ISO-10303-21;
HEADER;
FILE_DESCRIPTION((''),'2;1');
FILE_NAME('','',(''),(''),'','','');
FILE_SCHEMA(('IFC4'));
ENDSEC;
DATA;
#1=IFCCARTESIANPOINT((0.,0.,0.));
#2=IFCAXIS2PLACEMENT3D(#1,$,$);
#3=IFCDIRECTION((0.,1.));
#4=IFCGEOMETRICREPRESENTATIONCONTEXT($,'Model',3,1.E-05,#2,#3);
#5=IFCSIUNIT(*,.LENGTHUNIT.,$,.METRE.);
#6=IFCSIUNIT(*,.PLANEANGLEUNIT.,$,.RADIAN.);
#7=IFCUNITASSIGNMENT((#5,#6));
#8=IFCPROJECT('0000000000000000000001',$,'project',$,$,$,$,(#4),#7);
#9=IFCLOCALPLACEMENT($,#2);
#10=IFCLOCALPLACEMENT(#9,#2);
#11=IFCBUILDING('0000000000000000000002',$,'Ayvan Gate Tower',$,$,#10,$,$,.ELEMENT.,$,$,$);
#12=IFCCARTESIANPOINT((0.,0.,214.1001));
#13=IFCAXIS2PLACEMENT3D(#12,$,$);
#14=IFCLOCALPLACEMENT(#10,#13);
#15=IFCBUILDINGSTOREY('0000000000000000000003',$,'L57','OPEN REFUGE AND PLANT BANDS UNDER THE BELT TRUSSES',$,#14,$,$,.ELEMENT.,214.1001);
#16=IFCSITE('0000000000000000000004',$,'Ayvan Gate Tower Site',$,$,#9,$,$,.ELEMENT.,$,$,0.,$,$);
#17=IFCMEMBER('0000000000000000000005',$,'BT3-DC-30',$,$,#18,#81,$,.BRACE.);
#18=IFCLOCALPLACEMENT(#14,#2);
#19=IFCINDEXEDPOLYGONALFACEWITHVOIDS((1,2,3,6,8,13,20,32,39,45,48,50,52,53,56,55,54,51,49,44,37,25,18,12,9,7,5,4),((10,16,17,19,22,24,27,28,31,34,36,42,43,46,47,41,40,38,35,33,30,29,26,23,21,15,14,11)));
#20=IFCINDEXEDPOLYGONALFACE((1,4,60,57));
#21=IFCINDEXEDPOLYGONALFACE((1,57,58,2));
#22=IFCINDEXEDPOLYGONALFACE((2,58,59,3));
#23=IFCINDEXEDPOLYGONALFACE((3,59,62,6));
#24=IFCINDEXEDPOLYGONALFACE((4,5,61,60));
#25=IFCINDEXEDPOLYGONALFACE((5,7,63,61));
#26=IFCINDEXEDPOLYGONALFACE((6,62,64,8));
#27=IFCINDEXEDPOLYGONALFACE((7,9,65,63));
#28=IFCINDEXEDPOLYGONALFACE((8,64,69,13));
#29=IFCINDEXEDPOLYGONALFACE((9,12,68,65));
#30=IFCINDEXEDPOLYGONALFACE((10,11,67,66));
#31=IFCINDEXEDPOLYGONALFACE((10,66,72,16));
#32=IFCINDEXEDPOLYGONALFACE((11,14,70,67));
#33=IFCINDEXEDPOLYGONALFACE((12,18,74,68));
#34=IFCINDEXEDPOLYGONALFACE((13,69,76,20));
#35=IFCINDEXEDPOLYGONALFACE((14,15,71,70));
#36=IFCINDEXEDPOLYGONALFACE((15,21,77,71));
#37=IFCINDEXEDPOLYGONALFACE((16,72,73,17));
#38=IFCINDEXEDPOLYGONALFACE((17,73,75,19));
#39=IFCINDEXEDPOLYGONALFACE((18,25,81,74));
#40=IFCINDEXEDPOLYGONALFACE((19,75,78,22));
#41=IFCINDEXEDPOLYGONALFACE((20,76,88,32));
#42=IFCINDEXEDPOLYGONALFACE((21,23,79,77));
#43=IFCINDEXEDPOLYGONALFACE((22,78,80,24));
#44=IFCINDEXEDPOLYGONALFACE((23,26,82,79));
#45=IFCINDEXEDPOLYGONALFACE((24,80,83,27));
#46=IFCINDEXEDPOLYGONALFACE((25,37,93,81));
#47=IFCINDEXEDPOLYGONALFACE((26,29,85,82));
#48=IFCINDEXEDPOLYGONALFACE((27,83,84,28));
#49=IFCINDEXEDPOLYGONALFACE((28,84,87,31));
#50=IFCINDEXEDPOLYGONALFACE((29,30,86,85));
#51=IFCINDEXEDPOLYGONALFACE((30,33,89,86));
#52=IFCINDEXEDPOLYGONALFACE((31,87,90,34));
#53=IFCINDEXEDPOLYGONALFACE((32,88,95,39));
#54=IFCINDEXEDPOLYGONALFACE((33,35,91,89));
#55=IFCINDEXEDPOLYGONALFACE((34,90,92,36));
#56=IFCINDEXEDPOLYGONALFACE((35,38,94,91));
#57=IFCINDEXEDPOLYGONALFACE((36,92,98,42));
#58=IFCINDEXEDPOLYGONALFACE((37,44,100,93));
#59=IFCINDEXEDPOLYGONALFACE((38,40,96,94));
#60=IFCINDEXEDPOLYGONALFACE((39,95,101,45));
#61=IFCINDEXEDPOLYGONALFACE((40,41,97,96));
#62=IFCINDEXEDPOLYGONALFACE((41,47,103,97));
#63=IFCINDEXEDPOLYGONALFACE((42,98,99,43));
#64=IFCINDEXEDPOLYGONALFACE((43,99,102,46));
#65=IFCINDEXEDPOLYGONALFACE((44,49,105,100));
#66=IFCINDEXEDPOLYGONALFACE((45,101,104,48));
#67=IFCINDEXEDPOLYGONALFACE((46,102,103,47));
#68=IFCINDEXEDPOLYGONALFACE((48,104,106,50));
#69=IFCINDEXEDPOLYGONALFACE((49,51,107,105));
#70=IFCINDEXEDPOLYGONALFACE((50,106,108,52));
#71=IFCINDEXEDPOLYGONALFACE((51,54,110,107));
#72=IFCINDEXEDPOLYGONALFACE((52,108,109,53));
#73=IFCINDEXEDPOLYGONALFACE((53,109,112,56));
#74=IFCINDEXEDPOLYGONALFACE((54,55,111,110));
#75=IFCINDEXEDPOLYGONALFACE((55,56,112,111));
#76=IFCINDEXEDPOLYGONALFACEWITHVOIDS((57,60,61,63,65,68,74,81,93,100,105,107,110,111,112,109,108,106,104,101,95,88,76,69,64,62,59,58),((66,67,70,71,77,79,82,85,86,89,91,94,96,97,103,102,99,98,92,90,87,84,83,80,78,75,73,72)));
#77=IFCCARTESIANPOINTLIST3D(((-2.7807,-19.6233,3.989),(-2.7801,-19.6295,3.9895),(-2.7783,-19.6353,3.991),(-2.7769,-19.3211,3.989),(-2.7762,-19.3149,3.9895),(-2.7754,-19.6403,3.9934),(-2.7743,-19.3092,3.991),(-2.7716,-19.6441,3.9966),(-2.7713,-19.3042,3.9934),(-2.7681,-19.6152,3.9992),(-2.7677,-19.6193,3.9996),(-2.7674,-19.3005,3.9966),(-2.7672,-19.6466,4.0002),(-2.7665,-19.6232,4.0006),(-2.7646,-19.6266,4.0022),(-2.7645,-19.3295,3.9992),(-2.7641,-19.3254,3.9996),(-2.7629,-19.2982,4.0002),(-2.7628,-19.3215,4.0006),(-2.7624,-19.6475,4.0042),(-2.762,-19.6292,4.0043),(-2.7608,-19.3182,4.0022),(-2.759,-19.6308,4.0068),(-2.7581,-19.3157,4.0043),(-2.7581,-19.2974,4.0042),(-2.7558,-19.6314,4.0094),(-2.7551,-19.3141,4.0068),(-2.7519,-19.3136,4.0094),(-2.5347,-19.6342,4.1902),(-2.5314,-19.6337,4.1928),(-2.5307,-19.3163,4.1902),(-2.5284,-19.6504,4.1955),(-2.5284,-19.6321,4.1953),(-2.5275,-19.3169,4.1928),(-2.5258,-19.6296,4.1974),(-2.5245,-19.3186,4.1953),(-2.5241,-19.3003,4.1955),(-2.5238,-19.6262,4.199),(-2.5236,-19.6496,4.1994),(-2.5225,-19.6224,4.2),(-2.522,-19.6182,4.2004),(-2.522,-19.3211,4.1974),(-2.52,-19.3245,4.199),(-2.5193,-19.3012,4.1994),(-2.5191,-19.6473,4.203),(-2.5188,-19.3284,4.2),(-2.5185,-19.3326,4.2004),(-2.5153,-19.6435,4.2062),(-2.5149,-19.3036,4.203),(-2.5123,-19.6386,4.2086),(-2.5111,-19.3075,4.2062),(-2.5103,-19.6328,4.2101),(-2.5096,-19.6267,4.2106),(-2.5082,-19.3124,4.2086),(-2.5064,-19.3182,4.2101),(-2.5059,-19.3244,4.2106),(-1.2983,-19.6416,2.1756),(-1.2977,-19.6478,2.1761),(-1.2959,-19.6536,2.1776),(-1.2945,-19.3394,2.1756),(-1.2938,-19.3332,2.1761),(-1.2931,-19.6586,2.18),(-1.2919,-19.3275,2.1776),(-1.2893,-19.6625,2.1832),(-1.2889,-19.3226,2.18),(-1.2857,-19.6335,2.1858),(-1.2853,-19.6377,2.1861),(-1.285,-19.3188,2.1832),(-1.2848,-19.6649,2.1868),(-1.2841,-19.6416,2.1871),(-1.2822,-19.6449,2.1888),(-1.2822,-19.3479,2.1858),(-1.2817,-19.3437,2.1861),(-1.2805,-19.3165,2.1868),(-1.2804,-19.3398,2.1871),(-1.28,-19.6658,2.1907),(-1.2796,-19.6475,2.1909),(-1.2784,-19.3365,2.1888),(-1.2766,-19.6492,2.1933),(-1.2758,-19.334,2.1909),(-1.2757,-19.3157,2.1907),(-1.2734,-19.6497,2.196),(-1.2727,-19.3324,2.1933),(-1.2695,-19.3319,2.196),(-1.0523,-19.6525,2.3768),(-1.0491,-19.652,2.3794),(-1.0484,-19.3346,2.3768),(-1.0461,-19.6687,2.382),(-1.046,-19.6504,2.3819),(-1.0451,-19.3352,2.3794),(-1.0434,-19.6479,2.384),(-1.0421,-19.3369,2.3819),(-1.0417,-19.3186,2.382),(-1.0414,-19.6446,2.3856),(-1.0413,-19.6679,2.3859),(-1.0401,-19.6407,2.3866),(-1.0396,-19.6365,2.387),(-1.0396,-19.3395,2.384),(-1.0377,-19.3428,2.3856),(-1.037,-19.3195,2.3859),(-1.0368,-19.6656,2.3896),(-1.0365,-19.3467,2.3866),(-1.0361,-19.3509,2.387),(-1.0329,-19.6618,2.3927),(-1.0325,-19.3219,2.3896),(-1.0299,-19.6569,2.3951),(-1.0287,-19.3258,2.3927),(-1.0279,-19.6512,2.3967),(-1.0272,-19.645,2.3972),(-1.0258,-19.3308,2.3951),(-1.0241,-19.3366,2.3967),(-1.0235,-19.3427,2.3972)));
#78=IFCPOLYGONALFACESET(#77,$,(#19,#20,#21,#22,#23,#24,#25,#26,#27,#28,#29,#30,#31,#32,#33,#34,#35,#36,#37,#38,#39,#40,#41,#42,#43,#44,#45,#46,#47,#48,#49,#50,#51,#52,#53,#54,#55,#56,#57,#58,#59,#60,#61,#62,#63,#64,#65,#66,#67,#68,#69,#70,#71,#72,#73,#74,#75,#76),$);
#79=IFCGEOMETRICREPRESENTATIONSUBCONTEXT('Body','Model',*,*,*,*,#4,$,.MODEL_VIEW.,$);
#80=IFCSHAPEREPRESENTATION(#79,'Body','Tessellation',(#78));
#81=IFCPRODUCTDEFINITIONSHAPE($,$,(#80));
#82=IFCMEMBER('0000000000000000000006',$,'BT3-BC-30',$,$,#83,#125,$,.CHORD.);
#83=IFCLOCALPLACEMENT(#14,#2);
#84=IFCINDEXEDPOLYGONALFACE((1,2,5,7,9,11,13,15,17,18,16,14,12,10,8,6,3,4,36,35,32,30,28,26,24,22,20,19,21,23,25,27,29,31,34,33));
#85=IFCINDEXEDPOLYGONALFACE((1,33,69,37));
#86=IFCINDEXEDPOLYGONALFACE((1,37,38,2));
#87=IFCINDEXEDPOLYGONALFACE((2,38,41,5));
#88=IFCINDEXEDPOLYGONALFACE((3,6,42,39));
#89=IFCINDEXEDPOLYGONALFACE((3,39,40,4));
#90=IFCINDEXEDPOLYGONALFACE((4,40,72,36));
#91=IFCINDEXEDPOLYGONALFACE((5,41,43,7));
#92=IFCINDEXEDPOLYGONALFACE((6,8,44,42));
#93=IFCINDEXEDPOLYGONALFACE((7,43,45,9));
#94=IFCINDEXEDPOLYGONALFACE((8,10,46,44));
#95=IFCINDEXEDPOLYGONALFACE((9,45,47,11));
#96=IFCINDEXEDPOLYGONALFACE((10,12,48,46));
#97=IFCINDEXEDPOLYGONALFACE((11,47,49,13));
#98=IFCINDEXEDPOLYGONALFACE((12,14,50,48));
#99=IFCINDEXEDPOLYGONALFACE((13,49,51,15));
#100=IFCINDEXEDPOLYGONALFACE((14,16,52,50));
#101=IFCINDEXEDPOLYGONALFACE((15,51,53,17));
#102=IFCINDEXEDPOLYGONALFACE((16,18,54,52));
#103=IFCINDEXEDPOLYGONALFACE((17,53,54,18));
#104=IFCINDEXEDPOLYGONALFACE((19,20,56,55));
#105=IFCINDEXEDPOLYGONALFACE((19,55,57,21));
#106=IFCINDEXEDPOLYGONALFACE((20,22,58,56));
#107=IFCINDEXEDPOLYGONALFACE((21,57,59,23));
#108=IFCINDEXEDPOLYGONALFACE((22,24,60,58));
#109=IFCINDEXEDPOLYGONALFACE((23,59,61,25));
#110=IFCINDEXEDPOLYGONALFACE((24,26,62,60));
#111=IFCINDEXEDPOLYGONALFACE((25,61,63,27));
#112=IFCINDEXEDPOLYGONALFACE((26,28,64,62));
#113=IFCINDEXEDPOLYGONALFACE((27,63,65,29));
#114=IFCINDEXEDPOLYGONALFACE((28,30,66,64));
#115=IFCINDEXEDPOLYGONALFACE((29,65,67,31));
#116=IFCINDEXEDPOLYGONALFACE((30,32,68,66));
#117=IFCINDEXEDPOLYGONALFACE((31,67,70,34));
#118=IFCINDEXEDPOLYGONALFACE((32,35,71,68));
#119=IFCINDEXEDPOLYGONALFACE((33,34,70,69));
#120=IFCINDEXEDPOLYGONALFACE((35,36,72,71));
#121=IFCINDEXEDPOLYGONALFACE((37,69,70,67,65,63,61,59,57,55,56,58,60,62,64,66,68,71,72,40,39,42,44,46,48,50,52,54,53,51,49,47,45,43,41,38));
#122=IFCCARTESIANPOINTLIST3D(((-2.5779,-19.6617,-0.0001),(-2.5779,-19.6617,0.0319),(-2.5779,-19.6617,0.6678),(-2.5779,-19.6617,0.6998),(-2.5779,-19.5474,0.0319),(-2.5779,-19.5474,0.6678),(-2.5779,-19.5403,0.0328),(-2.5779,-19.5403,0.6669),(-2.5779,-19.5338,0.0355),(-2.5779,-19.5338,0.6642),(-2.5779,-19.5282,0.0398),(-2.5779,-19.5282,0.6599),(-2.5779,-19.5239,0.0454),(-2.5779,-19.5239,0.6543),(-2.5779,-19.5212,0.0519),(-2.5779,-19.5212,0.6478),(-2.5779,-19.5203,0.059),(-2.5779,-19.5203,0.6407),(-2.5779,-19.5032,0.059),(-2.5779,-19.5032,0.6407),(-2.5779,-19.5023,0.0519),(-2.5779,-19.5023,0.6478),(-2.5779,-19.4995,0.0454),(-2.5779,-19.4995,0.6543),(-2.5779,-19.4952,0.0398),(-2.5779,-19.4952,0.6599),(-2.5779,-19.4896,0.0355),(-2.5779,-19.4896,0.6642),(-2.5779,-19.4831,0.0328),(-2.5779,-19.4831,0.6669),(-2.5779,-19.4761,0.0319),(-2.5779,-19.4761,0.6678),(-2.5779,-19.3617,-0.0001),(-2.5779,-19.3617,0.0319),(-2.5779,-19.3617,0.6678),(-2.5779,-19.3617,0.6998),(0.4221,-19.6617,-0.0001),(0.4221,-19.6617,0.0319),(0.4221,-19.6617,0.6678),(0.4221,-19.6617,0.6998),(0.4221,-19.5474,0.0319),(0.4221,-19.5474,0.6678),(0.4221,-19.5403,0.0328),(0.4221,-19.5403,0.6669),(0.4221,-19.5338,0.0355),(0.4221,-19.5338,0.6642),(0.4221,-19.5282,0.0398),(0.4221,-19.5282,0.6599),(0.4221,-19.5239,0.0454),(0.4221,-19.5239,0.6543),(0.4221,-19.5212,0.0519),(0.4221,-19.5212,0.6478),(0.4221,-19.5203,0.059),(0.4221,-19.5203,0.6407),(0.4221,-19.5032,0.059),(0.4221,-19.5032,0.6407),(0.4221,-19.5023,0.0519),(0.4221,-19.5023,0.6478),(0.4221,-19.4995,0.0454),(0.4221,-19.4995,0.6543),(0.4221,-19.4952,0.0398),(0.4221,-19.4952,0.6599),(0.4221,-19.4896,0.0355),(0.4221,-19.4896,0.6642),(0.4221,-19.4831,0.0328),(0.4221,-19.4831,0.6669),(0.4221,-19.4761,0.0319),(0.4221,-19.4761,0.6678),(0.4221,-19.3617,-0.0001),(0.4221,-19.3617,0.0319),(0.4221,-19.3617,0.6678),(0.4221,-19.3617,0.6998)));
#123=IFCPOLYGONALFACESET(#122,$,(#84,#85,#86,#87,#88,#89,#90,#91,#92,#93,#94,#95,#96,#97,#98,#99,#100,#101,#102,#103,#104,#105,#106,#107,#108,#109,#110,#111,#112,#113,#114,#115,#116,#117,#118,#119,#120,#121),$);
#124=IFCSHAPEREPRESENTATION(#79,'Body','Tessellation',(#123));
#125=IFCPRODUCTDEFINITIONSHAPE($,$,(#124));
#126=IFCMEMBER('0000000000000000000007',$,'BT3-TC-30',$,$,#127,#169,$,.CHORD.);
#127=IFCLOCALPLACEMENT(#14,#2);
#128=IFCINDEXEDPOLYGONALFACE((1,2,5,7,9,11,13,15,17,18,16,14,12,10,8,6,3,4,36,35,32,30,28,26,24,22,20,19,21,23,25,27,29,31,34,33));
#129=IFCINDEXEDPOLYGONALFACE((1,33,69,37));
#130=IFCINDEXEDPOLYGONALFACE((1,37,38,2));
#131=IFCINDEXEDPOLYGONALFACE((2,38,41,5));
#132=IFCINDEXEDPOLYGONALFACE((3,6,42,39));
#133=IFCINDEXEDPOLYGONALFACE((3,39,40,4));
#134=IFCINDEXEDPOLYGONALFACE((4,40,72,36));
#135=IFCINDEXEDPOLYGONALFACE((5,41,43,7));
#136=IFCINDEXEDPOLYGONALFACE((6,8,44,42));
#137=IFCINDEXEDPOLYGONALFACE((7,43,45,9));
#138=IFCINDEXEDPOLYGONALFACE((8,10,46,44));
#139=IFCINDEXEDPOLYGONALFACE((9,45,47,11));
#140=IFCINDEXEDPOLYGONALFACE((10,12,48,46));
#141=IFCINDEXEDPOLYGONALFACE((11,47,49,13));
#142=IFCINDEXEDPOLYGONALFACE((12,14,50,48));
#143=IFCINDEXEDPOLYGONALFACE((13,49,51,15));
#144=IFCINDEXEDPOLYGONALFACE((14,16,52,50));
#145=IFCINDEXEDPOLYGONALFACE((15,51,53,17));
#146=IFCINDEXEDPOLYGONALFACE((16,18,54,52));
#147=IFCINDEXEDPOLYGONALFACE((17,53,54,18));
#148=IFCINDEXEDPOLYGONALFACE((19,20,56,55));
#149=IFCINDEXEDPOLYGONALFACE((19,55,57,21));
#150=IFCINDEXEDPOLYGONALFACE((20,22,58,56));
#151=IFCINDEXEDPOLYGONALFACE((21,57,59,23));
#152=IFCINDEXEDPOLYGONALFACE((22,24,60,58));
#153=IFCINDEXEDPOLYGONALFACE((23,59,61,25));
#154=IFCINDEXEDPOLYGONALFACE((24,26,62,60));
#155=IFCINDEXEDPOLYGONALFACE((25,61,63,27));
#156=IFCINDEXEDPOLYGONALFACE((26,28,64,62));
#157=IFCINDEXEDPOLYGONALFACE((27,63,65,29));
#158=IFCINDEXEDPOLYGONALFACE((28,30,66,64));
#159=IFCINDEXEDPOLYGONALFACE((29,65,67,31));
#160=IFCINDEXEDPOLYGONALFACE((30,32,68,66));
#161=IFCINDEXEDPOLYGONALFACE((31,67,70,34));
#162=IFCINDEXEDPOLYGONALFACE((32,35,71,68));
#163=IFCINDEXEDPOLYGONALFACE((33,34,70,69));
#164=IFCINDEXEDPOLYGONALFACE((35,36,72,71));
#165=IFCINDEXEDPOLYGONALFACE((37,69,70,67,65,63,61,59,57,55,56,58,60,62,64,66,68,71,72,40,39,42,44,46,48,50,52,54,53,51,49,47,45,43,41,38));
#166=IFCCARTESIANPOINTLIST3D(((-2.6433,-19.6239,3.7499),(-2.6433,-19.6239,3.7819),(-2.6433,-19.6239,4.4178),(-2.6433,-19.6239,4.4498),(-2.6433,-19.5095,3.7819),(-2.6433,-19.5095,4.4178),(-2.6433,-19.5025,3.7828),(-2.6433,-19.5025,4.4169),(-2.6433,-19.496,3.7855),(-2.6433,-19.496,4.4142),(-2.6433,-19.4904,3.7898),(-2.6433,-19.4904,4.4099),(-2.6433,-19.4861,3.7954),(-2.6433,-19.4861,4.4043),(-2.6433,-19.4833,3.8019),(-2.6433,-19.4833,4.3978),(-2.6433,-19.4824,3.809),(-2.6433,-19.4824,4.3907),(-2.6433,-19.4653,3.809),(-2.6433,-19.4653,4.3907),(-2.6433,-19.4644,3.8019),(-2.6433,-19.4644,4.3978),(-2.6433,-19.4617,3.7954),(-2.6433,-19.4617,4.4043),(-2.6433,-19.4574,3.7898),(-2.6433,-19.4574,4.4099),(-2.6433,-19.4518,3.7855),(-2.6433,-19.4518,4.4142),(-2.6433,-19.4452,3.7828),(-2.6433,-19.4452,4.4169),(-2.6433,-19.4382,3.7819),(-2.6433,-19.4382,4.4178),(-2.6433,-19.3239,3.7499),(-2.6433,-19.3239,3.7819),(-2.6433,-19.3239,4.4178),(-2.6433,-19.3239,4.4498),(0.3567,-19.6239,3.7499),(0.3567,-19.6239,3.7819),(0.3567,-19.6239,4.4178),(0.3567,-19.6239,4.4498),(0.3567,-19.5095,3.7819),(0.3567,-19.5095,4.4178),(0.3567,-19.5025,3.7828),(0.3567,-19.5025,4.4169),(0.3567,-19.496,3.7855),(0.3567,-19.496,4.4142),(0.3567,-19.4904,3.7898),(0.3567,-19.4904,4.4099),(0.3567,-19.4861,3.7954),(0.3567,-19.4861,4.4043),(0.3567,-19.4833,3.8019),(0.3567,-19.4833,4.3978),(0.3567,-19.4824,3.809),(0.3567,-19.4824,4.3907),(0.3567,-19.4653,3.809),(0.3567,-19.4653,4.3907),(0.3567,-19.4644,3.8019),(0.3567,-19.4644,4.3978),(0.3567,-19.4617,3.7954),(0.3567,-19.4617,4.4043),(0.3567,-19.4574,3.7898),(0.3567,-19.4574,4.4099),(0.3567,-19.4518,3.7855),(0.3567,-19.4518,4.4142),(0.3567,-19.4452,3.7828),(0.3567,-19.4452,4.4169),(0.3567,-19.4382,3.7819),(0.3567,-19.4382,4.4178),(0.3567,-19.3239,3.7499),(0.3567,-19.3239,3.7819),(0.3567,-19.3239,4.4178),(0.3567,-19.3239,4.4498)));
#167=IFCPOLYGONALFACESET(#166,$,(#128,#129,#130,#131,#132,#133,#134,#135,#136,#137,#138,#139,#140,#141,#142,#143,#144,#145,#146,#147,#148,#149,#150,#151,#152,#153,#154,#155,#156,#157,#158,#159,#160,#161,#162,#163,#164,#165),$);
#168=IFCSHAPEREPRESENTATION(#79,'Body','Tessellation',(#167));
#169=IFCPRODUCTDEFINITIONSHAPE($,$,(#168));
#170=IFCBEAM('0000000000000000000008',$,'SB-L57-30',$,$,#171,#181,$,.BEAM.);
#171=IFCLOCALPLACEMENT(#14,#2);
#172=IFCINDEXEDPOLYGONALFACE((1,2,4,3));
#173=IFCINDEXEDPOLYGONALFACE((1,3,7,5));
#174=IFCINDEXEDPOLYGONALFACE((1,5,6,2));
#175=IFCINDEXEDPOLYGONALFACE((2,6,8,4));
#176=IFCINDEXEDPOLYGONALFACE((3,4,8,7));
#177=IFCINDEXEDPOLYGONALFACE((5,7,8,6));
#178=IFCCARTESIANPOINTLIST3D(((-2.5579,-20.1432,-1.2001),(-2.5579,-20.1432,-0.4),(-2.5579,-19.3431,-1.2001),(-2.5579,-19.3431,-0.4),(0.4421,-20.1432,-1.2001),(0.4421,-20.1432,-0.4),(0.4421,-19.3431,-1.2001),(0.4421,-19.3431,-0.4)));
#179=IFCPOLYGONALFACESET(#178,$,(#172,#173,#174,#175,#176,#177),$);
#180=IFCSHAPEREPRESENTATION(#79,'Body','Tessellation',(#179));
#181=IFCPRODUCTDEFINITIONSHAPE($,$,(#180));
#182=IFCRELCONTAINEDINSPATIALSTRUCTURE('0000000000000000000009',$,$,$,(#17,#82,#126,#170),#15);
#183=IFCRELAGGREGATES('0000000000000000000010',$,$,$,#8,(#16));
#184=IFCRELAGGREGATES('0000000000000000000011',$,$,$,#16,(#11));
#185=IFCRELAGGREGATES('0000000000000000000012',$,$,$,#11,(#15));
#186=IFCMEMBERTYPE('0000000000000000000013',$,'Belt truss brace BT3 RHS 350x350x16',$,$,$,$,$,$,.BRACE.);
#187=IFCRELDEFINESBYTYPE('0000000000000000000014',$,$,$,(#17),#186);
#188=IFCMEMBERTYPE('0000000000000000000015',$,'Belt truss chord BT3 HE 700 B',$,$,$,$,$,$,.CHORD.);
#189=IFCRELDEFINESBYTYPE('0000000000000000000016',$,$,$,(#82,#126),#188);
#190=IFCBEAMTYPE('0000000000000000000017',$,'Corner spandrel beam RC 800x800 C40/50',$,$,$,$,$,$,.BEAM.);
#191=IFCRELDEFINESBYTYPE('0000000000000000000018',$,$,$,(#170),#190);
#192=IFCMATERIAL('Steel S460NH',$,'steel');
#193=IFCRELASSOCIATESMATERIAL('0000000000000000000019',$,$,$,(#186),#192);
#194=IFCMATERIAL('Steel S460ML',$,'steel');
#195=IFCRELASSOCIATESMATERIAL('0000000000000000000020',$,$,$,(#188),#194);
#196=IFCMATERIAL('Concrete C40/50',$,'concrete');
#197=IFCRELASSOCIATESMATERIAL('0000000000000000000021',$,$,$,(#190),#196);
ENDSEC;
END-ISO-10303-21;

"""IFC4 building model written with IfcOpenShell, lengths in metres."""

from ifc_helpers import new_model, si_unit, direction, frame, origin, origin_2d, place, context, subcontext, project, spatial, rectangle, hollow_rectangle, i_section, extrude, material, material_profile, profile_set, type_object, element, save


model = new_model("IFC4")

# Units and contexts
model_context = context("Model", 3, precision=1e-05, world=origin(), true_north=direction((0.0, 1.0)))
body_context = subcontext(model_context, "Body", "Model", "MODEL_VIEW")
ifc_project = project(units=[si_unit("LENGTHUNIT", "METRE"), si_unit("PLANEANGLEUNIT", "RADIAN")], contexts=[model_context])

# Site, building, storey
site_placement = place(None, origin())
site = spatial("IfcSite", under=ifc_project, at=site_placement, Name="Ayvan Gate Tower Site", CompositionType="ELEMENT", RefElevation=0.0)
building_placement = place(site_placement, origin())
building = spatial("IfcBuilding", under=site, at=building_placement, Name="Ayvan Gate Tower", CompositionType="ELEMENT")
storey_placement = place(building_placement, frame((0.0, 0.0, 214.1001)))
storey = spatial("IfcBuildingStorey", under=building, at=storey_placement, Name="L57", Description="OPEN REFUGE AND PLANT BANDS UNDER THE BELT TRUSSES", CompositionType="ELEMENT", Elevation=214.1001)

# Members
ifc_material_1 = material(Name="Steel S460NH", Category="steel")
ifc_material_profile_1 = material_profile(ifc_material_1, hollow_rectangle(XDim=0.3501, YDim=0.3501, WallThickness=0.0161, InnerFilletRadius=0.0161, OuterFilletRadius=0.0239, at=origin_2d()), Name="RHS 350x350x16")
ifc_profile_set_1 = profile_set([ifc_material_profile_1], Name="Steel S460NH")
member_type_1 = type_object("IfcMemberType", Name="Belt truss brace BT3 RHS 350x350x16", PredefinedType="BRACE", material=ifc_profile_set_1)
member_1_placement = place(storey_placement, frame((-1.1609, -19.4922, 2.2864), z_axis=(-0.632878, 0.007817, 0.774212), x_axis=(-0.012351, -0.999924, 0.0)))
element("IfcMember", 1, at=member_1_placement, inside=storey, type_object=member_type_1, Name="BT3-DC-30", PredefinedType="BRACE", context=body_context, shape_type="SweptSolid", body=[
    extrude(hollow_rectangle(XDim=0.3501, YDim=0.3501, WallThickness=0.0161, InnerFilletRadius=0.0161, OuterFilletRadius=0.0239, at=origin_2d()), origin(), (0.0, 0.0, 1.0), 2.3423),
])
ifc_material_2 = material(Name="Steel S460ML", Category="steel")
ifc_material_profile_2 = material_profile(ifc_material_2, i_section(OverallWidth=0.3, OverallDepth=0.7, WebThickness=0.0171, FlangeThickness=0.032, FilletRadius=0.0271, at=origin_2d()), Name="HE 700 B")
ifc_profile_set_2 = profile_set([ifc_material_profile_2], Name="Steel S460ML")
member_type_2 = type_object("IfcMemberType", Name="Belt truss chord BT3 HE 700 B", PredefinedType="CHORD", material=ifc_profile_set_2)
for number, where, z_axis, x_axis, name in (
    (2, (-2.5779, -19.5117, 0.3499), (1.0, 0.0, 0.0), (0.0, 1.0, 0.0), "BT3-BC-30"),
    (3, (-2.6433, -19.4739, 4.0999), (1.0, 0.0, 0.0), (0.0, 1.0, 0.0), "BT3-TC-30"),
):
    element("IfcMember", number, at=place(storey_placement, frame(where, z_axis=z_axis, x_axis=x_axis)), inside=storey, type_object=member_type_2, Name=name, PredefinedType="CHORD", context=body_context, shape_type="SweptSolid", body=[
        extrude(i_section(OverallWidth=0.3, OverallDepth=0.7, WebThickness=0.0171, FlangeThickness=0.032, FilletRadius=0.0271, at=origin_2d()), origin(), (0.0, 0.0, 1.0), 3.0),
    ])

# Beam
ifc_material_3 = material(Name="Concrete C40/50", Category="concrete")
ifc_material_profile_3 = material_profile(ifc_material_3, rectangle(XDim=0.8, YDim=0.8, at=origin_2d()), Name="RC 800x800")
ifc_profile_set_3 = profile_set([ifc_material_profile_3], Name="Concrete C40/50")
beam_type_1 = type_object("IfcBeamType", Name="Corner spandrel beam RC 800x800 C40/50", PredefinedType="BEAM", material=ifc_profile_set_3)
beam_1_placement = place(storey_placement, frame((-2.5579, -19.7432, -0.8), z_axis=(1.0, 0.0, 0.0), x_axis=(0.0, 1.0, 0.0)))
element("IfcBeam", 4, at=beam_1_placement, inside=storey, type_object=beam_type_1, Name="SB-L57-30", PredefinedType="BEAM", context=body_context, shape_type="SweptSolid", body=[
    extrude(rectangle(XDim=0.8, YDim=0.8, at=origin_2d()), origin(), (0.0, 0.0, 1.0), 3.0),
])

save(model, "model.ifc")
